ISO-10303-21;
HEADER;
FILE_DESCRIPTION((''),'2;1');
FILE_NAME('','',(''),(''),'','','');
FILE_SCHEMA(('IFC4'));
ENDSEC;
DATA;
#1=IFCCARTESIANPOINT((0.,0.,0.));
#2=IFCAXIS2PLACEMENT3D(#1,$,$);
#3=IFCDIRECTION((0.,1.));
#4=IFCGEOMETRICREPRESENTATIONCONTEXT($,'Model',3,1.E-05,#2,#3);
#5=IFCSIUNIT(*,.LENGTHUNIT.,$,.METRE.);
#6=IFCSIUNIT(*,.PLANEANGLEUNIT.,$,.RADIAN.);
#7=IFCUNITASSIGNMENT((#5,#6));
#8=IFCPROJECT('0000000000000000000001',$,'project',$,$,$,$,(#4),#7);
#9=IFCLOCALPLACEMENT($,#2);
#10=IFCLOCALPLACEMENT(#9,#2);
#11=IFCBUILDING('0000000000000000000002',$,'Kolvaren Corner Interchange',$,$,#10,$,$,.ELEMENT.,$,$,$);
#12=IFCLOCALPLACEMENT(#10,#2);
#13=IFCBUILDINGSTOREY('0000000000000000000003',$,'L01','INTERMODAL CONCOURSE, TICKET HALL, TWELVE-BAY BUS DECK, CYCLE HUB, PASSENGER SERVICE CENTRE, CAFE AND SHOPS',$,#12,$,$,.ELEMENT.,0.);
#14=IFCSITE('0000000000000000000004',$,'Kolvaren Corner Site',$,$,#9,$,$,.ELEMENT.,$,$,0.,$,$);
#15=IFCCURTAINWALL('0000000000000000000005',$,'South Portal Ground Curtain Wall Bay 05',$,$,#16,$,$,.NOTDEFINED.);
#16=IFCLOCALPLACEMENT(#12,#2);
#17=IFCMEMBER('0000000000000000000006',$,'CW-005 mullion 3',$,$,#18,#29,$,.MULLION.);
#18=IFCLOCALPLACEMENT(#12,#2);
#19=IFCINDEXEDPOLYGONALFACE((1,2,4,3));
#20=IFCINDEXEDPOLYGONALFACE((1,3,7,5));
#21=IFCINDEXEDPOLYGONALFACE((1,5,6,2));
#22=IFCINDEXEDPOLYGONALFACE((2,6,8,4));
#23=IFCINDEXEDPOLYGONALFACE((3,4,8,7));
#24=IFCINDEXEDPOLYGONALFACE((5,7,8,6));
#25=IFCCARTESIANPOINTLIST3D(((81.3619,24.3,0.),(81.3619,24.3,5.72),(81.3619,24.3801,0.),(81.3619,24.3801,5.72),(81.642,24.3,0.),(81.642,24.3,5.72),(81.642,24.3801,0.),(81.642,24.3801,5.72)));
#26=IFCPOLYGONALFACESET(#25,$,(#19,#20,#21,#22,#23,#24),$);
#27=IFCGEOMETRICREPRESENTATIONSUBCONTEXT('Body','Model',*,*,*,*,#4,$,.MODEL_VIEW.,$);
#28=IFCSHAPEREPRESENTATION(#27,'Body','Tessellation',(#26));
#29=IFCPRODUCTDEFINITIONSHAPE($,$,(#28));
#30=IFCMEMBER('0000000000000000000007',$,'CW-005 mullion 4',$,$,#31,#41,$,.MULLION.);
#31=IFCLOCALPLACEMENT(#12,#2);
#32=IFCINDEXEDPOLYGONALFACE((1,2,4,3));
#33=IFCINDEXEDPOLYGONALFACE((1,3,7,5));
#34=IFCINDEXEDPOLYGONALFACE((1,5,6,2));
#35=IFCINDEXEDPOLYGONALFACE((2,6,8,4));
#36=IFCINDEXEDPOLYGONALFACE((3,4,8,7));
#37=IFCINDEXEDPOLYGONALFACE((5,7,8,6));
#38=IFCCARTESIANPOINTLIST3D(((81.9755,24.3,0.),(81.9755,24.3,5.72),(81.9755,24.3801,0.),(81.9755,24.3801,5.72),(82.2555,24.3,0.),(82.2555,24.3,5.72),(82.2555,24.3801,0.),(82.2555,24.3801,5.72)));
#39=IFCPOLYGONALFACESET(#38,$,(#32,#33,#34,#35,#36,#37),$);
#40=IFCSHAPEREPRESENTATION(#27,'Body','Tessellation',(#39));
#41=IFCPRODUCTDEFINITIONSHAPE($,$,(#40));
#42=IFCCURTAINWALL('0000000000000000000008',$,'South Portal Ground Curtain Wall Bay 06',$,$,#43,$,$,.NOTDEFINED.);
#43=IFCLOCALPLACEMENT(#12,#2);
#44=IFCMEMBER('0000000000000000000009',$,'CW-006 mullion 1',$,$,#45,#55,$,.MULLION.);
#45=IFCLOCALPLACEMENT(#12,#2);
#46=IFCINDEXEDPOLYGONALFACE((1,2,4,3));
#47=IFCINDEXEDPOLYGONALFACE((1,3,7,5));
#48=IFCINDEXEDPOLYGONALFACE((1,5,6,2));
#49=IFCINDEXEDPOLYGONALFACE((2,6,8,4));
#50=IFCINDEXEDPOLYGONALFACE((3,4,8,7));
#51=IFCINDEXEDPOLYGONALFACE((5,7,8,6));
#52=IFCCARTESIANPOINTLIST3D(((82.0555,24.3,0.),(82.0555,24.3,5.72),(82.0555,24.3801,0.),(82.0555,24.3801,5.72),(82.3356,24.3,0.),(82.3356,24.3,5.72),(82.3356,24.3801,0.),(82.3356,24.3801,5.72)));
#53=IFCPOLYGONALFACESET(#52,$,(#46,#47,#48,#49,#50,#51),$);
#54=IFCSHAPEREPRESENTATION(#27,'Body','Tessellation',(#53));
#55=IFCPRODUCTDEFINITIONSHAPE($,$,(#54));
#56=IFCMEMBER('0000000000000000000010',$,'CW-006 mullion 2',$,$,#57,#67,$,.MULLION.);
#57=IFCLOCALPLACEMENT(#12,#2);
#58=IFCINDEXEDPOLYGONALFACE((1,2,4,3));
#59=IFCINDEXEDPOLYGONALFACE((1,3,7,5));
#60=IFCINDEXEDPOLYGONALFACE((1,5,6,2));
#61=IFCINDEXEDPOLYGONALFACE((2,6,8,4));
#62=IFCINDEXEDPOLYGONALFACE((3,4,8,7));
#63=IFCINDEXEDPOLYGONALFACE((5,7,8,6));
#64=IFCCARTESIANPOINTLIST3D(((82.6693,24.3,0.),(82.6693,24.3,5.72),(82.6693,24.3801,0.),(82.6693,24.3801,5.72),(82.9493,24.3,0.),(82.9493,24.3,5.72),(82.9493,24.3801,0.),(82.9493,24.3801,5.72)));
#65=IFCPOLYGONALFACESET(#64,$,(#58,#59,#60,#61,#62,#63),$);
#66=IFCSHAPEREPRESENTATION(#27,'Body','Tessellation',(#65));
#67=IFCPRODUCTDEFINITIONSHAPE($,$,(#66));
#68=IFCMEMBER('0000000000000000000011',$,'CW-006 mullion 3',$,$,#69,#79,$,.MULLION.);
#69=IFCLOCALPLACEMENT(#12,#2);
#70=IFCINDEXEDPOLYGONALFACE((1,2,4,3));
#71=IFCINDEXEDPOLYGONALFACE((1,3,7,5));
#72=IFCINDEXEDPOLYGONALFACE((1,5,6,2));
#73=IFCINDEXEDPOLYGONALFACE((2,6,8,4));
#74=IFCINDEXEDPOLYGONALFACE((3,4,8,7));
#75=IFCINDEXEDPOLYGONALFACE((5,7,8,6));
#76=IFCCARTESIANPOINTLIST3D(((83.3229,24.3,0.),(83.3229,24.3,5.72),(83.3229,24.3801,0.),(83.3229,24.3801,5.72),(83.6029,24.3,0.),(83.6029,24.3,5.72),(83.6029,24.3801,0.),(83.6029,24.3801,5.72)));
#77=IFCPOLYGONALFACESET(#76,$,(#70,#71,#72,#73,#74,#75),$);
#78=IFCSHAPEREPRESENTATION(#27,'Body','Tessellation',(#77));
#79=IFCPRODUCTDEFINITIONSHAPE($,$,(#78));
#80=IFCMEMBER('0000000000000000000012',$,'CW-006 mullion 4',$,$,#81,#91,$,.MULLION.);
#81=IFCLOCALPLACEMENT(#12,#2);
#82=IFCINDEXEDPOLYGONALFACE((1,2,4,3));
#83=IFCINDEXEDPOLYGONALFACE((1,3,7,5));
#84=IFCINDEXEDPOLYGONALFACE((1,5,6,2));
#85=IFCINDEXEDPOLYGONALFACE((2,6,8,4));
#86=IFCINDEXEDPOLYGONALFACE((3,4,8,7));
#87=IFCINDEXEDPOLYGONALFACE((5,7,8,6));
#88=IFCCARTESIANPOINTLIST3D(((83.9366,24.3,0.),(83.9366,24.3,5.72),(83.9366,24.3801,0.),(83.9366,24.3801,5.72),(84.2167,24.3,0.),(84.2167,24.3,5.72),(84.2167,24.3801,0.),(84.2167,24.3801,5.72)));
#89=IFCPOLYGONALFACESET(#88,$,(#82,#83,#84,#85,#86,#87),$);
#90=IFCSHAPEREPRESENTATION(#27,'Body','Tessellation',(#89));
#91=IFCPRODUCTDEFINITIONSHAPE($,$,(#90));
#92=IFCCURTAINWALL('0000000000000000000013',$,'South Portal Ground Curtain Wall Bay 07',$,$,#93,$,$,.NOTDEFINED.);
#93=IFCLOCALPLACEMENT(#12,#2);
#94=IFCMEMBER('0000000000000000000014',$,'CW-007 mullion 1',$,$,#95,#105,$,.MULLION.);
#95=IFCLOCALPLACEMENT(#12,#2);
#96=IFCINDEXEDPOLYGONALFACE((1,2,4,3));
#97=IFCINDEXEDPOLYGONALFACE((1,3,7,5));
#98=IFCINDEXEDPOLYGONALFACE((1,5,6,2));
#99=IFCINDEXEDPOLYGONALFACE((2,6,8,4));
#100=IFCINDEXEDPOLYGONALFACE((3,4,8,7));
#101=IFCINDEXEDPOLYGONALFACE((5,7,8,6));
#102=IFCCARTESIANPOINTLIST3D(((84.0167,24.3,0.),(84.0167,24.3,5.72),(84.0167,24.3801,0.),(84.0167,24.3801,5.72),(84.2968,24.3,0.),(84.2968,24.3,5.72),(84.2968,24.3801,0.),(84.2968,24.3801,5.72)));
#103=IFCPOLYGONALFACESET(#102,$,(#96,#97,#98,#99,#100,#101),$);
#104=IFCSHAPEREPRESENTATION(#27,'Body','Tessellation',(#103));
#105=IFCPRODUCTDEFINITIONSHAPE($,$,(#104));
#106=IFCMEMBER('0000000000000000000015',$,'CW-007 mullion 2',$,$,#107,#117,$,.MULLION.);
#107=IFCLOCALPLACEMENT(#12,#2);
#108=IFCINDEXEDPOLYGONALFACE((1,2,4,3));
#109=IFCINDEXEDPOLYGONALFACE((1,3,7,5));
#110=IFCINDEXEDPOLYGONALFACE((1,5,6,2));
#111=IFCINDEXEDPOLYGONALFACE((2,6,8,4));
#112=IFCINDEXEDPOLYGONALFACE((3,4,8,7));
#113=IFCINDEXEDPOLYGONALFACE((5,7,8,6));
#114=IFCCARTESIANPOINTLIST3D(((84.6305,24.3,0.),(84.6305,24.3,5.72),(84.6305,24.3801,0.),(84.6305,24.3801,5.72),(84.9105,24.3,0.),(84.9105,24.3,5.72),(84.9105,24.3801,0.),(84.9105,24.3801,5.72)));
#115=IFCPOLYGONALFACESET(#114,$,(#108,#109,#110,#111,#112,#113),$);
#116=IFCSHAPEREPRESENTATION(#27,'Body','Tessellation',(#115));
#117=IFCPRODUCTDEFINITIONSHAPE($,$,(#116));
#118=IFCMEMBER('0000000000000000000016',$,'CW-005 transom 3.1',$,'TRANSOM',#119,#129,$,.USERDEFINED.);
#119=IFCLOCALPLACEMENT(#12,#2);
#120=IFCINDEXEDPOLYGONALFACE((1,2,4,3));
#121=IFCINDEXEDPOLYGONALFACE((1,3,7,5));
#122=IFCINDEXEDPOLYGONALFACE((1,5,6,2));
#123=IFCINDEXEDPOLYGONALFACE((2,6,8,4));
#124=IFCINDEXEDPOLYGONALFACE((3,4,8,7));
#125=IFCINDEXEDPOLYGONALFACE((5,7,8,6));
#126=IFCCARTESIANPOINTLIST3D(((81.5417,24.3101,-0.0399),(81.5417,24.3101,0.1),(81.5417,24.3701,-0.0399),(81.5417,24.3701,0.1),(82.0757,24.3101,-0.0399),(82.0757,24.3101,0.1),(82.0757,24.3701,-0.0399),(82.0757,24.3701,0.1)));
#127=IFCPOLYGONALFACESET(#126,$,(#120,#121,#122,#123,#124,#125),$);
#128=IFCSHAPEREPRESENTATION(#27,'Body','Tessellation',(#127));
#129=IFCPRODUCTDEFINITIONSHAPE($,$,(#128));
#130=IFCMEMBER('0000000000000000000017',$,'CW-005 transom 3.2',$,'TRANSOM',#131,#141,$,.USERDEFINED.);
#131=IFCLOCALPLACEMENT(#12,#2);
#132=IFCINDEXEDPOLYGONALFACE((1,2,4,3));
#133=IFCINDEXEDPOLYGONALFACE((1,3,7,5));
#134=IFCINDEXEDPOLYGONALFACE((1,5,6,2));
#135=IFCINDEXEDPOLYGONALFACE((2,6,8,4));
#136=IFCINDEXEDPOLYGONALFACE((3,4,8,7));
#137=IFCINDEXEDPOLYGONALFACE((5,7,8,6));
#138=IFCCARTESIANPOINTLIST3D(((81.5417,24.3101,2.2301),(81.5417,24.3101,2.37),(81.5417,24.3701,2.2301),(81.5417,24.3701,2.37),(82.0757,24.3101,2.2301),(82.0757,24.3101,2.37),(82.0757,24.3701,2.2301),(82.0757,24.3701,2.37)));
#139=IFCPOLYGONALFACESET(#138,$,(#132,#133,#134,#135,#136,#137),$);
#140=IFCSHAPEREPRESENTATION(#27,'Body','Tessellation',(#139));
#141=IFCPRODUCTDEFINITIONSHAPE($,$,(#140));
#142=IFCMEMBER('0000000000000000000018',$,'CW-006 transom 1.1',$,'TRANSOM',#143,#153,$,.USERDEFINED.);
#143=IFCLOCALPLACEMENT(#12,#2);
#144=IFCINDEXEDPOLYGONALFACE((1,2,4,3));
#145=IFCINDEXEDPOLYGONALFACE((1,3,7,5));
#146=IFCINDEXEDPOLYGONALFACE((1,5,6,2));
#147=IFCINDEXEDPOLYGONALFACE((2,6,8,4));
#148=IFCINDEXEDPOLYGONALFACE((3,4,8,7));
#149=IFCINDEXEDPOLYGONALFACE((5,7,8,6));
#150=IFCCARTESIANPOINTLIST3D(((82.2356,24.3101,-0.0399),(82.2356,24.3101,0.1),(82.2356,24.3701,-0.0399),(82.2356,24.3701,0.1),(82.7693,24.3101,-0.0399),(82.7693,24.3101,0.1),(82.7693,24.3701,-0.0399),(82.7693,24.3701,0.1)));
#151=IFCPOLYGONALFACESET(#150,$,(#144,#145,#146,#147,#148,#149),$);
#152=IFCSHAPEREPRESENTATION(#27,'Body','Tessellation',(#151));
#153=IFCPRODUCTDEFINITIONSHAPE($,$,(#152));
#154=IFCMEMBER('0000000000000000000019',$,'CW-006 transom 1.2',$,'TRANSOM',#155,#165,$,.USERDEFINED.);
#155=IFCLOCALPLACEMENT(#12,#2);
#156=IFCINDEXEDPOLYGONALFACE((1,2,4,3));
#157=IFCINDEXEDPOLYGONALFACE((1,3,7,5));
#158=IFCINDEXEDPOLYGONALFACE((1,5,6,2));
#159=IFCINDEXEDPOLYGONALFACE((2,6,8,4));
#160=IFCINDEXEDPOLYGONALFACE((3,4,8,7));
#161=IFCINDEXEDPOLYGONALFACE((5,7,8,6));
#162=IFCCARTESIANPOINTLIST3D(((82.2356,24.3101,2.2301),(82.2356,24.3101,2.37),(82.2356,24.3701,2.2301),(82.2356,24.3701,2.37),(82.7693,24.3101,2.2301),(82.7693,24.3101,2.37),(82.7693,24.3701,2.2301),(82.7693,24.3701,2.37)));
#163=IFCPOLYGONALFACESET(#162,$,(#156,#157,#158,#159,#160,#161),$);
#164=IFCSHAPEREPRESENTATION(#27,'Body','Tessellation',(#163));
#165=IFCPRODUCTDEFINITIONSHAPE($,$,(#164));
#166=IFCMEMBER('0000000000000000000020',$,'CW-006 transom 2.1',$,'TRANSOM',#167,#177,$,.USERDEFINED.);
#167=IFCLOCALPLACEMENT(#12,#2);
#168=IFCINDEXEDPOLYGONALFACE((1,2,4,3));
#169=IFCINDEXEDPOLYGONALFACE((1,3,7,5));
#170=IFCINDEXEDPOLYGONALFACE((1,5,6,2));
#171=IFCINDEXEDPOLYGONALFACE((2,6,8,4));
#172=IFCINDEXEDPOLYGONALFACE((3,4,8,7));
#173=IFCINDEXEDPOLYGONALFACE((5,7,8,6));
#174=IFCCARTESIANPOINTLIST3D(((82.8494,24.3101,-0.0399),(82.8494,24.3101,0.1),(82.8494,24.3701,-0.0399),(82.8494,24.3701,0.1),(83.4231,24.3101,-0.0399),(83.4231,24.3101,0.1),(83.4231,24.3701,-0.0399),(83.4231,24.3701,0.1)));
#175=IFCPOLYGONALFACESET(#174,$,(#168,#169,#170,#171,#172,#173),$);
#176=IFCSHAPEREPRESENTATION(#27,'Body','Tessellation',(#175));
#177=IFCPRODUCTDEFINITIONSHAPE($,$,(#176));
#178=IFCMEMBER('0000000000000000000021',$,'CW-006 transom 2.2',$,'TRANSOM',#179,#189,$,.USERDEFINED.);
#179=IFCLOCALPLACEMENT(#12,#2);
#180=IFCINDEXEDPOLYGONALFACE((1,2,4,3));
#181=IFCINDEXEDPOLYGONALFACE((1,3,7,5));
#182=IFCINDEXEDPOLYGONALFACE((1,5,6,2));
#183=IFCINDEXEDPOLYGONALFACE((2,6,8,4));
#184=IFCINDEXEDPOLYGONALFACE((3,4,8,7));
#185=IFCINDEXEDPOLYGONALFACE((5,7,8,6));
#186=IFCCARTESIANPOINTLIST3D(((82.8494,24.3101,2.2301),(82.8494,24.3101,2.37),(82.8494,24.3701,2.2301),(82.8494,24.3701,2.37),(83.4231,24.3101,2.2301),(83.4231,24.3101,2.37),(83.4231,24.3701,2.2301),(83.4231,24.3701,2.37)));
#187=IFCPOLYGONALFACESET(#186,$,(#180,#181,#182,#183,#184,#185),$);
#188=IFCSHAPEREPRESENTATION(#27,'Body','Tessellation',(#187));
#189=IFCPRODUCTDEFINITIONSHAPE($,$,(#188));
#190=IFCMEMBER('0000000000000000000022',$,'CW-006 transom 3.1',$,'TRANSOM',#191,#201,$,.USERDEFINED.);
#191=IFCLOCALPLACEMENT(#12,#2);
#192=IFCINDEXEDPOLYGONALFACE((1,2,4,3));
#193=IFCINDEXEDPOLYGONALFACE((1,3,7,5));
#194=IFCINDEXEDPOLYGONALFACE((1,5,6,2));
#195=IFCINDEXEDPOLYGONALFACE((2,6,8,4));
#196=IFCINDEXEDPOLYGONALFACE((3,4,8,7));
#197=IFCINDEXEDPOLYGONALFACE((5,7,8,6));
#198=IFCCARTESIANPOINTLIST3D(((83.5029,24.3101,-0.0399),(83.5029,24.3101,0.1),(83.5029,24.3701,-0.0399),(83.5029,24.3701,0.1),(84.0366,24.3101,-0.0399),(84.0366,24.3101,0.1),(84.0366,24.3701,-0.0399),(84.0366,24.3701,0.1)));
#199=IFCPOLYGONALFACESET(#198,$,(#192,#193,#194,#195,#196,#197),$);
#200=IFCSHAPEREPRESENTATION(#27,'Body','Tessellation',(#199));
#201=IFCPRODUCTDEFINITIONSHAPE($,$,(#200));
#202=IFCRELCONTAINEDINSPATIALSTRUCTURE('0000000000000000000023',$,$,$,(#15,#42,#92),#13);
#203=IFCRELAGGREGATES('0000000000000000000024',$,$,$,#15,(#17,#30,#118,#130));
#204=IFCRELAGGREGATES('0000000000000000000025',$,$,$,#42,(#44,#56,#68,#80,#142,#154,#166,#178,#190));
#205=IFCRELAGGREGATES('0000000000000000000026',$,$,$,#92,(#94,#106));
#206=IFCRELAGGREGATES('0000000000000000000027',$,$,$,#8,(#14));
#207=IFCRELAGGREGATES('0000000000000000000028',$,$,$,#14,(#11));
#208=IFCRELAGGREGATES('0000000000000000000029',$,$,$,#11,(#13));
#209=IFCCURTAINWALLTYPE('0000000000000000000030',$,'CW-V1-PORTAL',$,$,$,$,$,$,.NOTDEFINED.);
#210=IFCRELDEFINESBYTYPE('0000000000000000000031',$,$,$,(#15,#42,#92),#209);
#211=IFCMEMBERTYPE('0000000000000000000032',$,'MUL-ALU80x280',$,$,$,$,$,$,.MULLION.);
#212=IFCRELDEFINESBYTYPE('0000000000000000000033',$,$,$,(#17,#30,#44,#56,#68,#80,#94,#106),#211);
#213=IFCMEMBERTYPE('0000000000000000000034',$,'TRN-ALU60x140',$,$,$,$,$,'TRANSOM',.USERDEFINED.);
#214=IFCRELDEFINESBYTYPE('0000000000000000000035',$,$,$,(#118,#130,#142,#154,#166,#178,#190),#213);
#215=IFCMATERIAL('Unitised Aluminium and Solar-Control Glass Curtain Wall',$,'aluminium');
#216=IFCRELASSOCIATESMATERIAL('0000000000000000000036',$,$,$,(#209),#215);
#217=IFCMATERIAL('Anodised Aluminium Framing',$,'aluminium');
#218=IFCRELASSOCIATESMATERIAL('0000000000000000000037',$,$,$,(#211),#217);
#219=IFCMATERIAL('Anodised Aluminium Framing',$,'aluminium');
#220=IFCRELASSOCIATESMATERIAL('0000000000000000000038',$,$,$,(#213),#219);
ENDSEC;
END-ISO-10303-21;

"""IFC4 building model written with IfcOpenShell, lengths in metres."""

from ifc_helpers import new_model, si_unit, direction, frame, origin, origin_2d, place, context, subcontext, project, spatial, rectangle, extrude, material, material_profile, profile_set, type_object, element, aggregate, save


model = new_model("IFC4")

# Units and contexts
model_context = context("Model", 3, precision=1e-05, world=origin(), true_north=direction((0.0, 1.0)))
body_context = subcontext(model_context, "Body", "Model", "MODEL_VIEW")
ifc_project = project(units=[si_unit("LENGTHUNIT", "METRE"), si_unit("PLANEANGLEUNIT", "RADIAN")], contexts=[model_context])

# Site, building, storey
site_placement = place(None, origin())
site = spatial("IfcSite", under=ifc_project, at=site_placement, Name="Kolvaren Corner Site", CompositionType="ELEMENT", RefElevation=0.0)
building_placement = place(site_placement, origin())
building = spatial("IfcBuilding", under=site, at=building_placement, Name="Kolvaren Corner Interchange", CompositionType="ELEMENT")
storey_placement = place(building_placement, origin())
storey = spatial("IfcBuildingStorey", under=building, at=storey_placement, Name="L01", Description="INTERMODAL CONCOURSE, TICKET HALL, TWELVE-BAY BUS DECK, CYCLE HUB, PASSENGER SERVICE CENTRE, CAFE AND SHOPS", CompositionType="ELEMENT", Elevation=0.0)

# Curtain walls, members
ifc_material_1 = material(Name="Unitised Aluminium and Solar-Control Glass Curtain Wall", Category="aluminium")
curtain_wall_type = type_object("IfcCurtainWallType", Name="CW-V1-PORTAL", PredefinedType="NOTDEFINED", material=ifc_material_1)
curtain_wall_1_placement = place(storey_placement, origin())
curtain_wall_1 = element("IfcCurtainWall", 1, at=curtain_wall_1_placement, inside=storey, type_object=curtain_wall_type, Name="South Portal Ground Curtain Wall Bay 05", PredefinedType="NOTDEFINED")
ifc_material_2 = material(Name="Anodised Aluminium Framing", Category="aluminium")
ifc_material_profile_1 = material_profile(ifc_material_2, rectangle(XDim=0.0801, YDim=0.28, at=origin_2d()), Name="ALU 80x280")
ifc_profile_set_1 = profile_set([ifc_material_profile_1], Name="Anodised Aluminium Framing")
member_type_1 = type_object("IfcMemberType", Name="MUL-ALU80x280", PredefinedType="MULLION", material=ifc_profile_set_1)
member_1_placement = place(storey_placement, frame((81.502, 24.3401, 0.0), z_axis=(0.0, 0.0, 1.0), x_axis=(0.0, 1.0, 0.0)))
member_1 = element("IfcMember", 2, at=member_1_placement, type_object=member_type_1, Name="CW-005 mullion 3", PredefinedType="MULLION", context=body_context, shape_type="SweptSolid", body=[
    extrude(rectangle(XDim=0.0801, YDim=0.28, at=origin_2d()), origin(), (0.0, 0.0, 1.0), 5.72),
])
member_2_placement = place(storey_placement, frame((82.1155, 24.3401, 0.0), z_axis=(0.0, 0.0, 1.0), x_axis=(0.0, 1.0, 0.0)))
member_2 = element("IfcMember", 3, at=member_2_placement, type_object=member_type_1, Name="CW-005 mullion 4", PredefinedType="MULLION", context=body_context, shape_type="SweptSolid", body=[
    extrude(rectangle(XDim=0.0801, YDim=0.28, at=origin_2d()), origin(), (0.0, 0.0, 1.0), 5.72),
])
curtain_wall_2_placement = place(storey_placement, origin())
curtain_wall_2 = element("IfcCurtainWall", 4, at=curtain_wall_2_placement, inside=storey, type_object=curtain_wall_type, Name="South Portal Ground Curtain Wall Bay 06", PredefinedType="NOTDEFINED")
member_3_placement = place(storey_placement, frame((82.1956, 24.3401, 0.0), z_axis=(0.0, 0.0, 1.0), x_axis=(0.0, 1.0, 0.0)))
member_3 = element("IfcMember", 5, at=member_3_placement, type_object=member_type_1, Name="CW-006 mullion 1", PredefinedType="MULLION", context=body_context, shape_type="SweptSolid", body=[
    extrude(rectangle(XDim=0.0801, YDim=0.28, at=origin_2d()), origin(), (0.0, 0.0, 1.0), 5.72),
])
member_4_placement = place(storey_placement, frame((82.8093, 24.3401, 0.0), z_axis=(0.0, 0.0, 1.0), x_axis=(0.0, 1.0, 0.0)))
member_4 = element("IfcMember", 6, at=member_4_placement, type_object=member_type_1, Name="CW-006 mullion 2", PredefinedType="MULLION", context=body_context, shape_type="SweptSolid", body=[
    extrude(rectangle(XDim=0.0801, YDim=0.28, at=origin_2d()), origin(), (0.0, 0.0, 1.0), 5.72),
])
member_5_placement = place(storey_placement, frame((83.4629, 24.3401, 0.0), z_axis=(0.0, 0.0, 1.0), x_axis=(0.0, 1.0, 0.0)))
member_5 = element("IfcMember", 7, at=member_5_placement, type_object=member_type_1, Name="CW-006 mullion 3", PredefinedType="MULLION", context=body_context, shape_type="SweptSolid", body=[
    extrude(rectangle(XDim=0.0801, YDim=0.28, at=origin_2d()), origin(), (0.0, 0.0, 1.0), 5.72),
])
member_6_placement = place(storey_placement, frame((84.0767, 24.3401, 0.0), z_axis=(0.0, 0.0, 1.0), x_axis=(0.0, 1.0, 0.0)))
member_6 = element("IfcMember", 8, at=member_6_placement, type_object=member_type_1, Name="CW-006 mullion 4", PredefinedType="MULLION", context=body_context, shape_type="SweptSolid", body=[
    extrude(rectangle(XDim=0.0801, YDim=0.28, at=origin_2d()), origin(), (0.0, 0.0, 1.0), 5.72),
])
curtain_wall_3_placement = place(storey_placement, origin())
curtain_wall_3 = element("IfcCurtainWall", 9, at=curtain_wall_3_placement, inside=storey, type_object=curtain_wall_type, Name="South Portal Ground Curtain Wall Bay 07", PredefinedType="NOTDEFINED")
member_7_placement = place(storey_placement, frame((84.1567, 24.3401, 0.0), z_axis=(0.0, 0.0, 1.0), x_axis=(0.0, 1.0, 0.0)))
member_7 = element("IfcMember", 10, at=member_7_placement, type_object=member_type_1, Name="CW-007 mullion 1", PredefinedType="MULLION", context=body_context, shape_type="SweptSolid", body=[
    extrude(rectangle(XDim=0.0801, YDim=0.28, at=origin_2d()), origin(), (0.0, 0.0, 1.0), 5.72),
])
member_8_placement = place(storey_placement, frame((84.7705, 24.3401, 0.0), z_axis=(0.0, 0.0, 1.0), x_axis=(0.0, 1.0, 0.0)))
member_8 = element("IfcMember", 11, at=member_8_placement, type_object=member_type_1, Name="CW-007 mullion 2", PredefinedType="MULLION", context=body_context, shape_type="SweptSolid", body=[
    extrude(rectangle(XDim=0.0801, YDim=0.28, at=origin_2d()), origin(), (0.0, 0.0, 1.0), 5.72),
])

# Members
ifc_material_3 = material(Name="Anodised Aluminium Framing", Category="aluminium")
ifc_material_profile_2 = material_profile(ifc_material_3, rectangle(XDim=0.0601, YDim=0.1399, at=origin_2d()), Name="ALU 60x140")
ifc_profile_set_2 = profile_set([ifc_material_profile_2], Name="Anodised Aluminium Framing")
member_type_2 = type_object("IfcMemberType", Name="TRN-ALU60x140", ElementType="TRANSOM", PredefinedType="USERDEFINED", material=ifc_profile_set_2)
member_9_placement = place(storey_placement, frame((81.5417, 24.3401, 0.03), z_axis=(1.0, 0.0, 0.0), x_axis=(0.0, 1.0, 0.0)))
member_9 = element("IfcMember", 12, at=member_9_placement, type_object=member_type_2, Name="CW-005 transom 3.1", ObjectType="TRANSOM", PredefinedType="USERDEFINED", context=body_context, shape_type="SweptSolid", body=[
    extrude(rectangle(XDim=0.0601, YDim=0.1399, at=origin_2d()), origin(), (0.0, 0.0, 1.0), 0.5339),
])
member_10_placement = place(storey_placement, frame((81.5417, 24.3401, 2.3), z_axis=(1.0, 0.0, 0.0), x_axis=(0.0, 1.0, 0.0)))
member_10 = element("IfcMember", 13, at=member_10_placement, type_object=member_type_2, Name="CW-005 transom 3.2", ObjectType="TRANSOM", PredefinedType="USERDEFINED", context=body_context, shape_type="SweptSolid", body=[
    extrude(rectangle(XDim=0.0601, YDim=0.1399, at=origin_2d()), origin(), (0.0, 0.0, 1.0), 0.5339),
])
member_11_placement = place(storey_placement, frame((82.2356, 24.3401, 0.03), z_axis=(1.0, 0.0, 0.0), x_axis=(0.0, 1.0, 0.0)))
member_11 = element("IfcMember", 14, at=member_11_placement, type_object=member_type_2, Name="CW-006 transom 1.1", ObjectType="TRANSOM", PredefinedType="USERDEFINED", context=body_context, shape_type="SweptSolid", body=[
    extrude(rectangle(XDim=0.0601, YDim=0.1399, at=origin_2d()), origin(), (0.0, 0.0, 1.0), 0.5337),
])
member_12_placement = place(storey_placement, frame((82.2356, 24.3401, 2.3), z_axis=(1.0, 0.0, 0.0), x_axis=(0.0, 1.0, 0.0)))
member_12 = element("IfcMember", 15, at=member_12_placement, type_object=member_type_2, Name="CW-006 transom 1.2", ObjectType="TRANSOM", PredefinedType="USERDEFINED", context=body_context, shape_type="SweptSolid", body=[
    extrude(rectangle(XDim=0.0601, YDim=0.1399, at=origin_2d()), origin(), (0.0, 0.0, 1.0), 0.5337),
])
member_13_placement = place(storey_placement, frame((82.8494, 24.3401, 0.03), z_axis=(1.0, 0.0, 0.0), x_axis=(0.0, 1.0, 0.0)))
member_13 = element("IfcMember", 16, at=member_13_placement, type_object=member_type_2, Name="CW-006 transom 2.1", ObjectType="TRANSOM", PredefinedType="USERDEFINED", context=body_context, shape_type="SweptSolid", body=[
    extrude(rectangle(XDim=0.0601, YDim=0.1399, at=origin_2d()), origin(), (0.0, 0.0, 1.0), 0.5737),
])
member_14_placement = place(storey_placement, frame((82.8494, 24.3401, 2.3), z_axis=(1.0, 0.0, 0.0), x_axis=(0.0, 1.0, 0.0)))
member_14 = element("IfcMember", 17, at=member_14_placement, type_object=member_type_2, Name="CW-006 transom 2.2", ObjectType="TRANSOM", PredefinedType="USERDEFINED", context=body_context, shape_type="SweptSolid", body=[
    extrude(rectangle(XDim=0.0601, YDim=0.1399, at=origin_2d()), origin(), (0.0, 0.0, 1.0), 0.5737),
])
member_15_placement = place(storey_placement, frame((83.5029, 24.3401, 0.03), z_axis=(1.0, 0.0, 0.0), x_axis=(0.0, 1.0, 0.0)))
member_15 = element("IfcMember", 18, at=member_15_placement, type_object=member_type_2, Name="CW-006 transom 3.1", ObjectType="TRANSOM", PredefinedType="USERDEFINED", context=body_context, shape_type="SweptSolid", body=[
    extrude(rectangle(XDim=0.0601, YDim=0.1399, at=origin_2d()), origin(), (0.0, 0.0, 1.0), 0.5337),
])

aggregate(curtain_wall_1, [member_1, member_2, member_9, member_10])
aggregate(curtain_wall_2, [member_3, member_4, member_5, member_6, member_11, member_12, member_13, member_14, member_15])
aggregate(curtain_wall_3, [member_7, member_8])

save(model, "model.ifc")
